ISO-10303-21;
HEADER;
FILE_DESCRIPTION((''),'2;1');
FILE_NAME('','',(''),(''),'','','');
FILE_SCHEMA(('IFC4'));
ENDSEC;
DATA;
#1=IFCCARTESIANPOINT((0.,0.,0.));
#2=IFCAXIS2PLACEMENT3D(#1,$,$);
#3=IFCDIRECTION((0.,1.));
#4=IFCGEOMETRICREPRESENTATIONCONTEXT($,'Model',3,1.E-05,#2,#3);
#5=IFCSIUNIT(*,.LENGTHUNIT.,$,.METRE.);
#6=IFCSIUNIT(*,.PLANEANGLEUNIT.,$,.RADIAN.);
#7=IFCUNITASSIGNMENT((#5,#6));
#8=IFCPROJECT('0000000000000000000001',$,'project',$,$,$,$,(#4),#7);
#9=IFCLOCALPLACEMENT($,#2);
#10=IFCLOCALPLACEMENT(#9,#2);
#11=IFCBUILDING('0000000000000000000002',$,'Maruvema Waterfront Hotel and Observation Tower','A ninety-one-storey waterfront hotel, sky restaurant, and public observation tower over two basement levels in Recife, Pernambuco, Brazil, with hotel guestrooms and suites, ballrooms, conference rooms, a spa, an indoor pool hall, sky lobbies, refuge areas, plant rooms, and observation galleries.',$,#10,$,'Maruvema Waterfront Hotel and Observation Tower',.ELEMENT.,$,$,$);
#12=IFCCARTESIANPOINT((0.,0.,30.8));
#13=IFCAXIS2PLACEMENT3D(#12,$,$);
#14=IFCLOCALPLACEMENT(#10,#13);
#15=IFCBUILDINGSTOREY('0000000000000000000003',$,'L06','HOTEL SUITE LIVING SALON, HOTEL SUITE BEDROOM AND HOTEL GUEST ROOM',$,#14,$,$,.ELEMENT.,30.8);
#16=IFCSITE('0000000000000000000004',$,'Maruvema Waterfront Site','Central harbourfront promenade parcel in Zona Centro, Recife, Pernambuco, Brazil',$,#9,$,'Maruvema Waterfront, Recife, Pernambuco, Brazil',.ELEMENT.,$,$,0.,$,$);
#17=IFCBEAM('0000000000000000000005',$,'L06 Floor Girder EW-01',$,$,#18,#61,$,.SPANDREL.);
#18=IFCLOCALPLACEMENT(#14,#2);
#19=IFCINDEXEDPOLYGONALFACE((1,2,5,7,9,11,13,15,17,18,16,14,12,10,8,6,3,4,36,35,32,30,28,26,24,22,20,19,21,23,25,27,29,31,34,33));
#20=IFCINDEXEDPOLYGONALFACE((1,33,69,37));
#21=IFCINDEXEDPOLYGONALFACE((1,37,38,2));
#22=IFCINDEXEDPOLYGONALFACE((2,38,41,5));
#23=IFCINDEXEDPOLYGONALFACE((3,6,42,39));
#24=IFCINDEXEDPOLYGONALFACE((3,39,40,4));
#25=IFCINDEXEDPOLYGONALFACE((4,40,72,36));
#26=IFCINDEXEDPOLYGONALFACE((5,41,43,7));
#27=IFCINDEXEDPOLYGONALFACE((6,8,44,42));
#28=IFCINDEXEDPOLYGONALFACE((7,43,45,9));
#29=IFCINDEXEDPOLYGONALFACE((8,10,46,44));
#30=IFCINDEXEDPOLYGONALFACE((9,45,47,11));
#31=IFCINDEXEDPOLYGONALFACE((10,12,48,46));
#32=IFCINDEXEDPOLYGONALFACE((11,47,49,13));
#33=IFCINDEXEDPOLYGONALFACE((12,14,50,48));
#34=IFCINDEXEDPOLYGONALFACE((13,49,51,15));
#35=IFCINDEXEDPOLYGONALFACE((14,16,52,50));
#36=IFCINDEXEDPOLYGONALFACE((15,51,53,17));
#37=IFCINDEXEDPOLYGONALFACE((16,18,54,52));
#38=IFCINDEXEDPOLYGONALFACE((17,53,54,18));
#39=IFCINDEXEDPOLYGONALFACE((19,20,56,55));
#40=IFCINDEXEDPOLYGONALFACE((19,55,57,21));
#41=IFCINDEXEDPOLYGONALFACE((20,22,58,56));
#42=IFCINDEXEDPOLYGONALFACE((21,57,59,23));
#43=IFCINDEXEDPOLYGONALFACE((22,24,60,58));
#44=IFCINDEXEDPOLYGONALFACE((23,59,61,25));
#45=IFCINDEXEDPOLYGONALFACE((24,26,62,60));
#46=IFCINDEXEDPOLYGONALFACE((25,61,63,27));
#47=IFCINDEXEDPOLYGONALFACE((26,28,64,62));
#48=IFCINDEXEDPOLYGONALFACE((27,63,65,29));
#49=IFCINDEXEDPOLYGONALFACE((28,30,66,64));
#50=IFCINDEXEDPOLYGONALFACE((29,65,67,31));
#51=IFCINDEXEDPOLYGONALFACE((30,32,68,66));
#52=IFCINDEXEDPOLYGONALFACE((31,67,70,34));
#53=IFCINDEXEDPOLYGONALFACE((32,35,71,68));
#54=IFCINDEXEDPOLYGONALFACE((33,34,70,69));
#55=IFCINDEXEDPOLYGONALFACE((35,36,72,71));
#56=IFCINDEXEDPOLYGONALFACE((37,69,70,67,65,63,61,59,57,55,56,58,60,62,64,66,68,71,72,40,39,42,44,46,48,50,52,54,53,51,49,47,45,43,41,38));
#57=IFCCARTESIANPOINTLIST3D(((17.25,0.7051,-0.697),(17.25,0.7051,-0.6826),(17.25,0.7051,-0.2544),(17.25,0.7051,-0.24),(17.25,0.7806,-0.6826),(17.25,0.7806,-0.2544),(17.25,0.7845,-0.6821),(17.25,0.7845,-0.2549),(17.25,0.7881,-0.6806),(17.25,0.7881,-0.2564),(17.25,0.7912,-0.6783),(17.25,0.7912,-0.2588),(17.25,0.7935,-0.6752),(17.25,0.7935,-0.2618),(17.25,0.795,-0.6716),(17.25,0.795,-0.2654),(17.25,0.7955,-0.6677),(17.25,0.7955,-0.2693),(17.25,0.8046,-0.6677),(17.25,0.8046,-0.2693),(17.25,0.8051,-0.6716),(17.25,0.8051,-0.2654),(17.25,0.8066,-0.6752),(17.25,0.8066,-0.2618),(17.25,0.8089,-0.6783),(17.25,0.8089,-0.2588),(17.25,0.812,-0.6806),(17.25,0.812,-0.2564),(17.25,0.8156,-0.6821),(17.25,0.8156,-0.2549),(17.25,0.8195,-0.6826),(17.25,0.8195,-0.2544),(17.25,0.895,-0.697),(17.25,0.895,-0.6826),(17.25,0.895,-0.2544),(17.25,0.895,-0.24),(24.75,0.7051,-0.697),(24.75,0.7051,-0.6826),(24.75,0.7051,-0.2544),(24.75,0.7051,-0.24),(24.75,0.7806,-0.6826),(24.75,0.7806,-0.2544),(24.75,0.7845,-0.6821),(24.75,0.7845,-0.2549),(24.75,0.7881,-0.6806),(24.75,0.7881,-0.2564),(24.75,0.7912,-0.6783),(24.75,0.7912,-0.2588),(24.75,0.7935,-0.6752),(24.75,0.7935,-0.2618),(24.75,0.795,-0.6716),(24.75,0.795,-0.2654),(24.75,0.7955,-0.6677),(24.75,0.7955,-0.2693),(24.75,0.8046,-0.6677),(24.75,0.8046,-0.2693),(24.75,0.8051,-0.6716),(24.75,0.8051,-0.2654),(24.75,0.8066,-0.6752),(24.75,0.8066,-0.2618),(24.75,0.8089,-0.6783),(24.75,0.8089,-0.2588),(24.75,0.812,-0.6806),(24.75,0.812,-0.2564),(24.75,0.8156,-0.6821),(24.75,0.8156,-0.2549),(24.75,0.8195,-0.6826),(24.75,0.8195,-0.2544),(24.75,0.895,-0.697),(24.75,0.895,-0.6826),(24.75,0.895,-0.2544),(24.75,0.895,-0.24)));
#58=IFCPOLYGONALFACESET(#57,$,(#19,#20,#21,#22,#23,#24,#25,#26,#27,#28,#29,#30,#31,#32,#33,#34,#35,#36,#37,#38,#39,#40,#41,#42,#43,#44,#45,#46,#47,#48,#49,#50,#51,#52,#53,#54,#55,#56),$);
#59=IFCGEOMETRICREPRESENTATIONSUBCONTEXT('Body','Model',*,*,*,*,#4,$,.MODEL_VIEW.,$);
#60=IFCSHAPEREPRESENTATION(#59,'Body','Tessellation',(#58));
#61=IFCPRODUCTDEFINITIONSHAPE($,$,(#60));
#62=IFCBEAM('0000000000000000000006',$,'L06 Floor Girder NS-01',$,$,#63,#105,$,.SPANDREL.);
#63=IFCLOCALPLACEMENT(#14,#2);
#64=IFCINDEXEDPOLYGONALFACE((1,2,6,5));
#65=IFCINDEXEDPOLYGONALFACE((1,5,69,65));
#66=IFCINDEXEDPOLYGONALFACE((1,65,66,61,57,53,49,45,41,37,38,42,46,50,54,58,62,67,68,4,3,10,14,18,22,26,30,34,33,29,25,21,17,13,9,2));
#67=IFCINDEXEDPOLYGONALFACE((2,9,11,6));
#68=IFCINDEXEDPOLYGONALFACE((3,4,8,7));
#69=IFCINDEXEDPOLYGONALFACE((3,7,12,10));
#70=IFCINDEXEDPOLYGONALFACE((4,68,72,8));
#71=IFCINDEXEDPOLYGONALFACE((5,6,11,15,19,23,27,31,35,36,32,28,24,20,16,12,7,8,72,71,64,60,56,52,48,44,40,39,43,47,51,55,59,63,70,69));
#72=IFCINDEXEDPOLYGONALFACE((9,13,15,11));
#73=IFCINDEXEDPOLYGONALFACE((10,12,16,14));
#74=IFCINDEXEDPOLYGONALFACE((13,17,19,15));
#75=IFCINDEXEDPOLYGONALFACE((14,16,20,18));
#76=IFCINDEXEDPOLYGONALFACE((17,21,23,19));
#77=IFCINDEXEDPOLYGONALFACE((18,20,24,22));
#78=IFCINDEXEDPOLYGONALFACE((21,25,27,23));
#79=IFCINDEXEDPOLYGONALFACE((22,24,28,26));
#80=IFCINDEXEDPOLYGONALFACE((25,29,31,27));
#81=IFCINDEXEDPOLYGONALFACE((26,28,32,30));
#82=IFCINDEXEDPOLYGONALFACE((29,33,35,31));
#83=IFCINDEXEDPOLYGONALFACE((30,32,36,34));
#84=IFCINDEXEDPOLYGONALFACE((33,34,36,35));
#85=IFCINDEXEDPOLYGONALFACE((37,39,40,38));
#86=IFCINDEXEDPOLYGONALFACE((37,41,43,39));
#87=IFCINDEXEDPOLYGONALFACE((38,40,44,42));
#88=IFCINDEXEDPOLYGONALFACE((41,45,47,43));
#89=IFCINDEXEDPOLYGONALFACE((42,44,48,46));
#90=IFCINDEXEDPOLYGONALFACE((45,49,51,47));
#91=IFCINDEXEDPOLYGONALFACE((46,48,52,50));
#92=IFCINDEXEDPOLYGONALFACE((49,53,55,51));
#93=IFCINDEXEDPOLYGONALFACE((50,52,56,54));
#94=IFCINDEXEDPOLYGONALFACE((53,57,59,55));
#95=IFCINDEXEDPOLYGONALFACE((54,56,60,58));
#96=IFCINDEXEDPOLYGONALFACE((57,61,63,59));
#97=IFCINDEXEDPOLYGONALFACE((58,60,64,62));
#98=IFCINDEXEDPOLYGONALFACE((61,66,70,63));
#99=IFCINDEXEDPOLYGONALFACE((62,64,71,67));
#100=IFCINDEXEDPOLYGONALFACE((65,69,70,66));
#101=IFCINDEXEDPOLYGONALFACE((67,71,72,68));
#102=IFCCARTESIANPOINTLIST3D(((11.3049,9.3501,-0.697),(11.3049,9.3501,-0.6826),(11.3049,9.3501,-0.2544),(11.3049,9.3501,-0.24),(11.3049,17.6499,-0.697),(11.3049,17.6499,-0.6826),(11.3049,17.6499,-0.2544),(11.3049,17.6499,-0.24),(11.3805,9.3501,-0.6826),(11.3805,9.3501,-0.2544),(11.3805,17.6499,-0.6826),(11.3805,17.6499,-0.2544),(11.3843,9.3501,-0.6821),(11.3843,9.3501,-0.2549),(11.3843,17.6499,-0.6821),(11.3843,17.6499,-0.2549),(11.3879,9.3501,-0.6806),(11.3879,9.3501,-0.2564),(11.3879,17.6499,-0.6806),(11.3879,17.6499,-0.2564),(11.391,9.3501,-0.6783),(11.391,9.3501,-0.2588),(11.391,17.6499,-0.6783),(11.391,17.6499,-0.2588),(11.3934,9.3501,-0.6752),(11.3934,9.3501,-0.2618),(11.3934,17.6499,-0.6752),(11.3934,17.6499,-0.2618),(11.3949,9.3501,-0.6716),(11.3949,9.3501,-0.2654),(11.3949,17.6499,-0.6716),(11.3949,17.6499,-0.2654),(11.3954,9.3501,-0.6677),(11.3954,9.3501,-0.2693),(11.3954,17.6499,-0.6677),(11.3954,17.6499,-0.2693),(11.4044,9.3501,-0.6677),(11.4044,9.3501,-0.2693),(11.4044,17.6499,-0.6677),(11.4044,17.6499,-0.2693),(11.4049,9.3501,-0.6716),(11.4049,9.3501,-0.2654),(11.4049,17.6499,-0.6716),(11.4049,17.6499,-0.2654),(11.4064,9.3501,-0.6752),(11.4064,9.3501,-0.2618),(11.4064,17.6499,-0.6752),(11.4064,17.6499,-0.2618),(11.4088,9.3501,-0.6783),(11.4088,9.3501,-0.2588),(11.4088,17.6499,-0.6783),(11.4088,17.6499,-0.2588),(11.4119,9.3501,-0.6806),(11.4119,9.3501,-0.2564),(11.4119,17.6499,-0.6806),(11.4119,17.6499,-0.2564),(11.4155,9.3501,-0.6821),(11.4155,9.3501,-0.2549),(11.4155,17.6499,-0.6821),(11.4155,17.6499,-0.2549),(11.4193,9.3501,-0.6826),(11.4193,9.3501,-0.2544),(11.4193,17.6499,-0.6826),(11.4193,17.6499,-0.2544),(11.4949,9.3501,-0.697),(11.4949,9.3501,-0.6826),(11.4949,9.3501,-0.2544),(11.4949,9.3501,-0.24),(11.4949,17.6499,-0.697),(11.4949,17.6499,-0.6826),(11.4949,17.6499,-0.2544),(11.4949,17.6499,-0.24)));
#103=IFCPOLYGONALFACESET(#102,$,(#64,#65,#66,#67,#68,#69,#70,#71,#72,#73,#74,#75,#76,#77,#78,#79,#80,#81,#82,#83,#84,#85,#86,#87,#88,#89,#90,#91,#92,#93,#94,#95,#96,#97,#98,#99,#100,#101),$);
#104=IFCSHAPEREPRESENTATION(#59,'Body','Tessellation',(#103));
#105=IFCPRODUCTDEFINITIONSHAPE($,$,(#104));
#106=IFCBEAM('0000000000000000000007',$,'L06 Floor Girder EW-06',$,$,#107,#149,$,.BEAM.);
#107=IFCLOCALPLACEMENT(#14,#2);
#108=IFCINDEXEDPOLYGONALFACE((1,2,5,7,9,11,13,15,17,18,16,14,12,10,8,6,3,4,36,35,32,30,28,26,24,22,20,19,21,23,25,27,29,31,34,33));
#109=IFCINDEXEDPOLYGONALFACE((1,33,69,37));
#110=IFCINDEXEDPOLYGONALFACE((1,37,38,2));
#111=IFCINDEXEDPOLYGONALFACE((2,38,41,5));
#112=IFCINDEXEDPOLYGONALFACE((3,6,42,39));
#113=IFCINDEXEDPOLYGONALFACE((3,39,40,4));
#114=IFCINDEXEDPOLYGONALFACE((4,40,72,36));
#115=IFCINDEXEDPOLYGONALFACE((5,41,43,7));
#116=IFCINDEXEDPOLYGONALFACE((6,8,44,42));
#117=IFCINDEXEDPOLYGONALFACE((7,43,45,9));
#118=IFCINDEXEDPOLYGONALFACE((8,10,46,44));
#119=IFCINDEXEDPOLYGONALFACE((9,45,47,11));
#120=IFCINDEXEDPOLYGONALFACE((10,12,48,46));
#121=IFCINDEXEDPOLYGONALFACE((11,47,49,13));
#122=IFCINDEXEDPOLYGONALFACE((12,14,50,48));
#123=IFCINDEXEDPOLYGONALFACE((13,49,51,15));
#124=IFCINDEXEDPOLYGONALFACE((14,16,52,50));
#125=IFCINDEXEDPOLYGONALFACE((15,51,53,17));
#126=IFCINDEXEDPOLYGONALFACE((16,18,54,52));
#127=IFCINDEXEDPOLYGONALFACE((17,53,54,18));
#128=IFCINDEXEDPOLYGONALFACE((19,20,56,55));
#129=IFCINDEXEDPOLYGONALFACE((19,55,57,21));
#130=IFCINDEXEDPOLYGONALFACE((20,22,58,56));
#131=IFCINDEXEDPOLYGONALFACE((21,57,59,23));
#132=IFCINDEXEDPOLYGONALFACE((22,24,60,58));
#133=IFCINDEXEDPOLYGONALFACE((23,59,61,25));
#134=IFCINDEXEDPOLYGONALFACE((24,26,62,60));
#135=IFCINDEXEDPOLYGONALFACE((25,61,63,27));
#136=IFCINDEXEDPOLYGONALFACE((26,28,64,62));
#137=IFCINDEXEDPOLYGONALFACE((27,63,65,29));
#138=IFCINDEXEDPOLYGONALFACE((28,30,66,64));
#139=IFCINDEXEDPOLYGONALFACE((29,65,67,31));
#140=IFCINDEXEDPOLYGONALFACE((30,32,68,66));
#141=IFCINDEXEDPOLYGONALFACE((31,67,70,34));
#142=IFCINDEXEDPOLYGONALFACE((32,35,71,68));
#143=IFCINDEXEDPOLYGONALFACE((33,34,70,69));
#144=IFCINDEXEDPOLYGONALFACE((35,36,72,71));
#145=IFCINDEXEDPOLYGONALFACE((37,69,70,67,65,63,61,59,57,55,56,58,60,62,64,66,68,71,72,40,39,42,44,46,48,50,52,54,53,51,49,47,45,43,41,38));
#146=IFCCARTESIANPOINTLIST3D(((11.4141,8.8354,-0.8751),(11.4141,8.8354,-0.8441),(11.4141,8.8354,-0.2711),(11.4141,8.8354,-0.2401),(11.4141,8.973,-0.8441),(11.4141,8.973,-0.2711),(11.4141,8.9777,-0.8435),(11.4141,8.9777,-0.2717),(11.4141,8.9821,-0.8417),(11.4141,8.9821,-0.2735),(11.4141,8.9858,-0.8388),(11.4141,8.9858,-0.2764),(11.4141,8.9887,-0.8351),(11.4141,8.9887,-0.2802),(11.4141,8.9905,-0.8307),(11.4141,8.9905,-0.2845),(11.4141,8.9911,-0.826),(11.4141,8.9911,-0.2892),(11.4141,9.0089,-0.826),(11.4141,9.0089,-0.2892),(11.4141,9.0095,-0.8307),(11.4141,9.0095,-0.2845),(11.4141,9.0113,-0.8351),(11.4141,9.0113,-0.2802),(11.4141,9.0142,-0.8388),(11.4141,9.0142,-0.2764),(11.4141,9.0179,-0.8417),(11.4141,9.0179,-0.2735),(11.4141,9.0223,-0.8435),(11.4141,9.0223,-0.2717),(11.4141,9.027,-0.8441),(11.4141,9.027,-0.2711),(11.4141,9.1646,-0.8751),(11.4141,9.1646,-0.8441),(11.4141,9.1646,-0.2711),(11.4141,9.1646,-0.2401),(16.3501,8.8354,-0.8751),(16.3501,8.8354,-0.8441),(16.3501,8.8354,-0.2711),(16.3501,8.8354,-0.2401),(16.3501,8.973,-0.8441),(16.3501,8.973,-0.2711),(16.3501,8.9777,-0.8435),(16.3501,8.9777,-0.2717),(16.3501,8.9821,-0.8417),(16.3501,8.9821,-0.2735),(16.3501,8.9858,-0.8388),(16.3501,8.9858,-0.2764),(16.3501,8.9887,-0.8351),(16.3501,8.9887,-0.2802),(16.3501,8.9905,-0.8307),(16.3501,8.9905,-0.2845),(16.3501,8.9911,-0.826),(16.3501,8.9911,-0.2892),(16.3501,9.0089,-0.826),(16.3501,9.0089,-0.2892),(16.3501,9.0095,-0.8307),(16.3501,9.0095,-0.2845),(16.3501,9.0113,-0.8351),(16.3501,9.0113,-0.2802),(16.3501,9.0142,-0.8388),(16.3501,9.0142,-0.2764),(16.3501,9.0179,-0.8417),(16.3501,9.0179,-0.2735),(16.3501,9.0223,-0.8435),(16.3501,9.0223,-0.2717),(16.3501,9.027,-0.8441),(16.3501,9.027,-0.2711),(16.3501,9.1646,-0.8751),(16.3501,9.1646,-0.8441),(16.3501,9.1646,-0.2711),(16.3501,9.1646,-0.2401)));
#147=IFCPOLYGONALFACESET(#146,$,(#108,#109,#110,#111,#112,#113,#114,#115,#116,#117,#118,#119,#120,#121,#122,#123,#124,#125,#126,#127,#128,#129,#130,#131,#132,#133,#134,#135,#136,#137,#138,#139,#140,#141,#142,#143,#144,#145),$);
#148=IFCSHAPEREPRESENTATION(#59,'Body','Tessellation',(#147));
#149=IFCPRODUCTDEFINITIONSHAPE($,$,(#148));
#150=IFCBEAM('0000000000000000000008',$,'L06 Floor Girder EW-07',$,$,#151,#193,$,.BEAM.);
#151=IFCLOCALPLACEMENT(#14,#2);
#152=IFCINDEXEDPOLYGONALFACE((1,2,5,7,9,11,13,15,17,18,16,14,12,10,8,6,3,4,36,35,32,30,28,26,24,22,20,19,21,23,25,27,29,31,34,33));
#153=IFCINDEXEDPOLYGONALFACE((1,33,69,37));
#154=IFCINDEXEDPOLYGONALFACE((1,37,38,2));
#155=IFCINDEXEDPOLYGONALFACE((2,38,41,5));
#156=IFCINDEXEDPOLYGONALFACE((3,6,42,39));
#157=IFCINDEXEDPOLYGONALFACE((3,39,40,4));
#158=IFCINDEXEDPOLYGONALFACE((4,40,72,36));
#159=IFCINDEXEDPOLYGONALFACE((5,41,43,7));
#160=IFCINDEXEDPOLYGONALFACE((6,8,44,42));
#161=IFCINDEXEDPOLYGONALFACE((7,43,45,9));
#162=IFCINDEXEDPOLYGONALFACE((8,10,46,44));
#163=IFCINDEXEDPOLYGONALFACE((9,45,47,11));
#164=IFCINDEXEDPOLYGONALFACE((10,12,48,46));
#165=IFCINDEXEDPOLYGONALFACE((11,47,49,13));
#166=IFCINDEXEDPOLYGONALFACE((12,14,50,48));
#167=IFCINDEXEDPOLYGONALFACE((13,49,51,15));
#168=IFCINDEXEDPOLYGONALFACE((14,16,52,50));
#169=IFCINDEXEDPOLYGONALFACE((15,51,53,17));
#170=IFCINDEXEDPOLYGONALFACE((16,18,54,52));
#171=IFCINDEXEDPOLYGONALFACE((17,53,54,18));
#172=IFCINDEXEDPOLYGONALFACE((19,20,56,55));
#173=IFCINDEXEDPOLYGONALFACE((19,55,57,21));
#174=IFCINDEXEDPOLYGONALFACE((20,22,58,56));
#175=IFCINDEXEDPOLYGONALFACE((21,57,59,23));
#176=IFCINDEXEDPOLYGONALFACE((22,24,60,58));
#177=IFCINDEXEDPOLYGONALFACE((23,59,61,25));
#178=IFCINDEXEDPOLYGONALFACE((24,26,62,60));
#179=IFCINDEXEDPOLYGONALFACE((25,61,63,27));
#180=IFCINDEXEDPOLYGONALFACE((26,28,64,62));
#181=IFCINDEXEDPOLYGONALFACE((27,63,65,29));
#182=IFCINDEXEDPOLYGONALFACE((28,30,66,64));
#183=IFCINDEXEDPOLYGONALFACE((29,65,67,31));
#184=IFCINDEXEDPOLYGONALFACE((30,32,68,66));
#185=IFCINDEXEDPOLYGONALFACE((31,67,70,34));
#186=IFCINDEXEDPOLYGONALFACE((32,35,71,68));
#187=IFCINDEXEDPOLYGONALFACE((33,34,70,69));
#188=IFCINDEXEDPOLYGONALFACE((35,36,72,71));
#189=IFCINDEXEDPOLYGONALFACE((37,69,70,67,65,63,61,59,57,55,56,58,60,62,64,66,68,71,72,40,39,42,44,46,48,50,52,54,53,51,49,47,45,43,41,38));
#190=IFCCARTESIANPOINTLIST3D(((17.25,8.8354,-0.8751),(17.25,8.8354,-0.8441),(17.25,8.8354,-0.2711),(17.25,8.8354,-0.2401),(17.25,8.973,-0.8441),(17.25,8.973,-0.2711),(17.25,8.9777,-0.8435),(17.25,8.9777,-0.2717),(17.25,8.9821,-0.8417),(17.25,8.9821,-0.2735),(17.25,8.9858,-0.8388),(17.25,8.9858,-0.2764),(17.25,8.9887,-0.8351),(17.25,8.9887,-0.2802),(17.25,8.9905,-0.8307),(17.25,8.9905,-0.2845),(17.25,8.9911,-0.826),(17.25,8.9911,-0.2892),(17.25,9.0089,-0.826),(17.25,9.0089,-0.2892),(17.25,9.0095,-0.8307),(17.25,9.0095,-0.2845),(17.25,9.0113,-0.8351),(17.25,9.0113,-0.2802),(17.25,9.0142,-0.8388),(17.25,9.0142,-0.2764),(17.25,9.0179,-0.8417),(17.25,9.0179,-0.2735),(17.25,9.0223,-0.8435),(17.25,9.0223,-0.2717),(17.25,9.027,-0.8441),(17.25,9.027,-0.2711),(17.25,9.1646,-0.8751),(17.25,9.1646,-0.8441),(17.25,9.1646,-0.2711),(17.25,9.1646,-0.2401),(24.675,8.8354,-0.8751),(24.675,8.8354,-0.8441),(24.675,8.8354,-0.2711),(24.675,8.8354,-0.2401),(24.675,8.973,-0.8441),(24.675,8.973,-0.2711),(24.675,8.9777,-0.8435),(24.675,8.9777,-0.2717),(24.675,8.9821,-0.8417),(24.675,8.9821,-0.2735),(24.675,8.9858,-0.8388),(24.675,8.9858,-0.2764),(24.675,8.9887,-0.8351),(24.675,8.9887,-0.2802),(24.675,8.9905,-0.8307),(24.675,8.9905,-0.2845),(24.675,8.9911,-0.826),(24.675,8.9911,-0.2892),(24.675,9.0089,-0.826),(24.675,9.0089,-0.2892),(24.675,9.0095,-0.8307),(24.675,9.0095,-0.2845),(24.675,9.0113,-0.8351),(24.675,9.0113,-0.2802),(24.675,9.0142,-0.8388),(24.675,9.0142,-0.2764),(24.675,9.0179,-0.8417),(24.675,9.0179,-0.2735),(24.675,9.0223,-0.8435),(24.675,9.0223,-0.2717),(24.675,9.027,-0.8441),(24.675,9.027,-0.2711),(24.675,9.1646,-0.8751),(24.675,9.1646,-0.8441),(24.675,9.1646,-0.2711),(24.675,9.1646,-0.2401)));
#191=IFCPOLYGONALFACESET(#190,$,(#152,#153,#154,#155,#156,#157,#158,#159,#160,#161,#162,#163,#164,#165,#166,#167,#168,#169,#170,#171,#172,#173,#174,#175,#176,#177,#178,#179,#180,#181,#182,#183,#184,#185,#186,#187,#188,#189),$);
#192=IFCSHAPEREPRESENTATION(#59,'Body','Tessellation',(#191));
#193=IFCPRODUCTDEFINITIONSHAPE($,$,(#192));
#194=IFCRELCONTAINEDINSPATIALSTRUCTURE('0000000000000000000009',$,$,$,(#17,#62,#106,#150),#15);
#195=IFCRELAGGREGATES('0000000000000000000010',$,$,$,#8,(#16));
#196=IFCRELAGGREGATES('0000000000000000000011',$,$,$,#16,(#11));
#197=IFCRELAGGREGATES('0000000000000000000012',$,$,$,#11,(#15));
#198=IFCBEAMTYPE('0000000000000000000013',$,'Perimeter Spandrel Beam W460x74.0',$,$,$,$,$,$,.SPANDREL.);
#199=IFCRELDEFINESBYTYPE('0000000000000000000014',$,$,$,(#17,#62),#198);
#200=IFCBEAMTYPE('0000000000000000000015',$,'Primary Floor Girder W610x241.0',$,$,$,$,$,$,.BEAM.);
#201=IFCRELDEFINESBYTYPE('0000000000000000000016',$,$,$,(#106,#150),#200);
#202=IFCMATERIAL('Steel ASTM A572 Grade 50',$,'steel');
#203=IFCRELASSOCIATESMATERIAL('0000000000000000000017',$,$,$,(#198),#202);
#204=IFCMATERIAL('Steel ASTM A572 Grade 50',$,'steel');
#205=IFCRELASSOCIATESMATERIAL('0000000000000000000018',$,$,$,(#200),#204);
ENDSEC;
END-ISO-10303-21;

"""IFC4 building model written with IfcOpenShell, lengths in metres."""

from ifc_helpers import new_model, si_unit, direction, frame, origin, origin_2d, place, context, subcontext, project, spatial, i_section, extrude, material, material_profile, profile_set, type_object, element, save


model = new_model("IFC4")

# Units and contexts
model_context = context("Model", 3, precision=1e-05, world=origin(), true_north=direction((0.0, 1.0)))
body_context = subcontext(model_context, "Body", "Model", "MODEL_VIEW")
ifc_project = project(units=[si_unit("LENGTHUNIT", "METRE"), si_unit("PLANEANGLEUNIT", "RADIAN")], contexts=[model_context])

# Site, building, storey
site_placement = place(None, origin())
site = spatial("IfcSite", under=ifc_project, at=site_placement, Name="Maruvema Waterfront Site", Description="Central harbourfront promenade parcel in Zona Centro, Recife, Pernambuco, Brazil", LongName="Maruvema Waterfront, Recife, Pernambuco, Brazil", CompositionType="ELEMENT", RefElevation=0.0)
building_placement = place(site_placement, origin())
building = spatial("IfcBuilding", under=site, at=building_placement, Name="Maruvema Waterfront Hotel and Observation Tower", Description="A ninety-one-storey waterfront hotel, sky restaurant, and public observation tower over two basement levels in Recife, Pernambuco, Brazil, with hotel guestrooms and suites, ballrooms, conference rooms, a spa, an indoor pool hall, sky lobbies, refuge areas, plant rooms, and observation galleries.", LongName="Maruvema Waterfront Hotel and Observation Tower", CompositionType="ELEMENT")
storey_placement = place(building_placement, frame((0.0, 0.0, 30.8)))
storey = spatial("IfcBuildingStorey", under=building, at=storey_placement, Name="L06", Description="HOTEL SUITE LIVING SALON, HOTEL SUITE BEDROOM AND HOTEL GUEST ROOM", CompositionType="ELEMENT", Elevation=30.8)

# Beams
ifc_material_1 = material(Name="Steel ASTM A572 Grade 50", Category="steel")
ifc_material_profile_1 = material_profile(ifc_material_1, i_section(OverallWidth=0.1899, OverallDepth=0.457, WebThickness=0.009, FlangeThickness=0.0144, FilletRadius=0.0149, at=origin_2d()), Name="W460x74.0")
ifc_profile_set_1 = profile_set([ifc_material_profile_1], Name="Steel ASTM A572 Grade 50")
beam_type_1 = type_object("IfcBeamType", Name="Perimeter Spandrel Beam W460x74.0", PredefinedType="SPANDREL", material=ifc_profile_set_1)
beam_1_placement = place(storey_placement, frame((17.25, 0.8, -0.4685), z_axis=(1.0, 0.0, 0.0), x_axis=(0.0, 1.0, 0.0)))
element("IfcBeam", 1, at=beam_1_placement, inside=storey, type_object=beam_type_1, Name="L06 Floor Girder EW-01", PredefinedType="SPANDREL", context=body_context, shape_type="SweptSolid", body=[
    extrude(i_section(OverallWidth=0.1899, OverallDepth=0.457, WebThickness=0.009, FlangeThickness=0.0144, FilletRadius=0.0149, at=origin_2d()), origin(), (0.0, 0.0, 1.0), 7.5),
])
beam_2_placement = place(storey_placement, frame((11.3999, 9.3501, -0.4685), z_axis=(0.0, 1.0, 0.0), x_axis=(-1.0, 0.0, 0.0)))
element("IfcBeam", 2, at=beam_2_placement, inside=storey, type_object=beam_type_1, Name="L06 Floor Girder NS-01", PredefinedType="SPANDREL", context=body_context, shape_type="SweptSolid", body=[
    extrude(i_section(OverallWidth=0.1899, OverallDepth=0.457, WebThickness=0.009, FlangeThickness=0.0144, FilletRadius=0.0149, at=origin_2d()), origin(), (0.0, 0.0, 1.0), 8.2998),
])
ifc_material_2 = material(Name="Steel ASTM A572 Grade 50", Category="steel")
ifc_material_profile_2 = material_profile(ifc_material_2, i_section(OverallWidth=0.3291, OverallDepth=0.635, WebThickness=0.0178, FlangeThickness=0.031, FilletRadius=0.0181, at=origin_2d()), Name="W610x241.0")
ifc_profile_set_2 = profile_set([ifc_material_profile_2], Name="Steel ASTM A572 Grade 50")
beam_type_2 = type_object("IfcBeamType", Name="Primary Floor Girder W610x241.0", PredefinedType="BEAM", material=ifc_profile_set_2)
beam_3_placement = place(storey_placement, frame((11.4141, 9.0, -0.5576), z_axis=(1.0, 0.0, 0.0), x_axis=(0.0, 1.0, 0.0)))
element("IfcBeam", 3, at=beam_3_placement, inside=storey, type_object=beam_type_2, Name="L06 Floor Girder EW-06", PredefinedType="BEAM", context=body_context, shape_type="SweptSolid", body=[
    extrude(i_section(OverallWidth=0.3291, OverallDepth=0.635, WebThickness=0.0178, FlangeThickness=0.031, FilletRadius=0.0181, at=origin_2d()), origin(), (0.0, 0.0, 1.0), 4.936),
])
beam_4_placement = place(storey_placement, frame((17.25, 9.0, -0.5576), z_axis=(1.0, 0.0, 0.0), x_axis=(0.0, 1.0, 0.0)))
element("IfcBeam", 4, at=beam_4_placement, inside=storey, type_object=beam_type_2, Name="L06 Floor Girder EW-07", PredefinedType="BEAM", context=body_context, shape_type="SweptSolid", body=[
    extrude(i_section(OverallWidth=0.3291, OverallDepth=0.635, WebThickness=0.0178, FlangeThickness=0.031, FilletRadius=0.0181, at=origin_2d()), origin(), (0.0, 0.0, 1.0), 7.425),
])

save(model, "model.ifc")
